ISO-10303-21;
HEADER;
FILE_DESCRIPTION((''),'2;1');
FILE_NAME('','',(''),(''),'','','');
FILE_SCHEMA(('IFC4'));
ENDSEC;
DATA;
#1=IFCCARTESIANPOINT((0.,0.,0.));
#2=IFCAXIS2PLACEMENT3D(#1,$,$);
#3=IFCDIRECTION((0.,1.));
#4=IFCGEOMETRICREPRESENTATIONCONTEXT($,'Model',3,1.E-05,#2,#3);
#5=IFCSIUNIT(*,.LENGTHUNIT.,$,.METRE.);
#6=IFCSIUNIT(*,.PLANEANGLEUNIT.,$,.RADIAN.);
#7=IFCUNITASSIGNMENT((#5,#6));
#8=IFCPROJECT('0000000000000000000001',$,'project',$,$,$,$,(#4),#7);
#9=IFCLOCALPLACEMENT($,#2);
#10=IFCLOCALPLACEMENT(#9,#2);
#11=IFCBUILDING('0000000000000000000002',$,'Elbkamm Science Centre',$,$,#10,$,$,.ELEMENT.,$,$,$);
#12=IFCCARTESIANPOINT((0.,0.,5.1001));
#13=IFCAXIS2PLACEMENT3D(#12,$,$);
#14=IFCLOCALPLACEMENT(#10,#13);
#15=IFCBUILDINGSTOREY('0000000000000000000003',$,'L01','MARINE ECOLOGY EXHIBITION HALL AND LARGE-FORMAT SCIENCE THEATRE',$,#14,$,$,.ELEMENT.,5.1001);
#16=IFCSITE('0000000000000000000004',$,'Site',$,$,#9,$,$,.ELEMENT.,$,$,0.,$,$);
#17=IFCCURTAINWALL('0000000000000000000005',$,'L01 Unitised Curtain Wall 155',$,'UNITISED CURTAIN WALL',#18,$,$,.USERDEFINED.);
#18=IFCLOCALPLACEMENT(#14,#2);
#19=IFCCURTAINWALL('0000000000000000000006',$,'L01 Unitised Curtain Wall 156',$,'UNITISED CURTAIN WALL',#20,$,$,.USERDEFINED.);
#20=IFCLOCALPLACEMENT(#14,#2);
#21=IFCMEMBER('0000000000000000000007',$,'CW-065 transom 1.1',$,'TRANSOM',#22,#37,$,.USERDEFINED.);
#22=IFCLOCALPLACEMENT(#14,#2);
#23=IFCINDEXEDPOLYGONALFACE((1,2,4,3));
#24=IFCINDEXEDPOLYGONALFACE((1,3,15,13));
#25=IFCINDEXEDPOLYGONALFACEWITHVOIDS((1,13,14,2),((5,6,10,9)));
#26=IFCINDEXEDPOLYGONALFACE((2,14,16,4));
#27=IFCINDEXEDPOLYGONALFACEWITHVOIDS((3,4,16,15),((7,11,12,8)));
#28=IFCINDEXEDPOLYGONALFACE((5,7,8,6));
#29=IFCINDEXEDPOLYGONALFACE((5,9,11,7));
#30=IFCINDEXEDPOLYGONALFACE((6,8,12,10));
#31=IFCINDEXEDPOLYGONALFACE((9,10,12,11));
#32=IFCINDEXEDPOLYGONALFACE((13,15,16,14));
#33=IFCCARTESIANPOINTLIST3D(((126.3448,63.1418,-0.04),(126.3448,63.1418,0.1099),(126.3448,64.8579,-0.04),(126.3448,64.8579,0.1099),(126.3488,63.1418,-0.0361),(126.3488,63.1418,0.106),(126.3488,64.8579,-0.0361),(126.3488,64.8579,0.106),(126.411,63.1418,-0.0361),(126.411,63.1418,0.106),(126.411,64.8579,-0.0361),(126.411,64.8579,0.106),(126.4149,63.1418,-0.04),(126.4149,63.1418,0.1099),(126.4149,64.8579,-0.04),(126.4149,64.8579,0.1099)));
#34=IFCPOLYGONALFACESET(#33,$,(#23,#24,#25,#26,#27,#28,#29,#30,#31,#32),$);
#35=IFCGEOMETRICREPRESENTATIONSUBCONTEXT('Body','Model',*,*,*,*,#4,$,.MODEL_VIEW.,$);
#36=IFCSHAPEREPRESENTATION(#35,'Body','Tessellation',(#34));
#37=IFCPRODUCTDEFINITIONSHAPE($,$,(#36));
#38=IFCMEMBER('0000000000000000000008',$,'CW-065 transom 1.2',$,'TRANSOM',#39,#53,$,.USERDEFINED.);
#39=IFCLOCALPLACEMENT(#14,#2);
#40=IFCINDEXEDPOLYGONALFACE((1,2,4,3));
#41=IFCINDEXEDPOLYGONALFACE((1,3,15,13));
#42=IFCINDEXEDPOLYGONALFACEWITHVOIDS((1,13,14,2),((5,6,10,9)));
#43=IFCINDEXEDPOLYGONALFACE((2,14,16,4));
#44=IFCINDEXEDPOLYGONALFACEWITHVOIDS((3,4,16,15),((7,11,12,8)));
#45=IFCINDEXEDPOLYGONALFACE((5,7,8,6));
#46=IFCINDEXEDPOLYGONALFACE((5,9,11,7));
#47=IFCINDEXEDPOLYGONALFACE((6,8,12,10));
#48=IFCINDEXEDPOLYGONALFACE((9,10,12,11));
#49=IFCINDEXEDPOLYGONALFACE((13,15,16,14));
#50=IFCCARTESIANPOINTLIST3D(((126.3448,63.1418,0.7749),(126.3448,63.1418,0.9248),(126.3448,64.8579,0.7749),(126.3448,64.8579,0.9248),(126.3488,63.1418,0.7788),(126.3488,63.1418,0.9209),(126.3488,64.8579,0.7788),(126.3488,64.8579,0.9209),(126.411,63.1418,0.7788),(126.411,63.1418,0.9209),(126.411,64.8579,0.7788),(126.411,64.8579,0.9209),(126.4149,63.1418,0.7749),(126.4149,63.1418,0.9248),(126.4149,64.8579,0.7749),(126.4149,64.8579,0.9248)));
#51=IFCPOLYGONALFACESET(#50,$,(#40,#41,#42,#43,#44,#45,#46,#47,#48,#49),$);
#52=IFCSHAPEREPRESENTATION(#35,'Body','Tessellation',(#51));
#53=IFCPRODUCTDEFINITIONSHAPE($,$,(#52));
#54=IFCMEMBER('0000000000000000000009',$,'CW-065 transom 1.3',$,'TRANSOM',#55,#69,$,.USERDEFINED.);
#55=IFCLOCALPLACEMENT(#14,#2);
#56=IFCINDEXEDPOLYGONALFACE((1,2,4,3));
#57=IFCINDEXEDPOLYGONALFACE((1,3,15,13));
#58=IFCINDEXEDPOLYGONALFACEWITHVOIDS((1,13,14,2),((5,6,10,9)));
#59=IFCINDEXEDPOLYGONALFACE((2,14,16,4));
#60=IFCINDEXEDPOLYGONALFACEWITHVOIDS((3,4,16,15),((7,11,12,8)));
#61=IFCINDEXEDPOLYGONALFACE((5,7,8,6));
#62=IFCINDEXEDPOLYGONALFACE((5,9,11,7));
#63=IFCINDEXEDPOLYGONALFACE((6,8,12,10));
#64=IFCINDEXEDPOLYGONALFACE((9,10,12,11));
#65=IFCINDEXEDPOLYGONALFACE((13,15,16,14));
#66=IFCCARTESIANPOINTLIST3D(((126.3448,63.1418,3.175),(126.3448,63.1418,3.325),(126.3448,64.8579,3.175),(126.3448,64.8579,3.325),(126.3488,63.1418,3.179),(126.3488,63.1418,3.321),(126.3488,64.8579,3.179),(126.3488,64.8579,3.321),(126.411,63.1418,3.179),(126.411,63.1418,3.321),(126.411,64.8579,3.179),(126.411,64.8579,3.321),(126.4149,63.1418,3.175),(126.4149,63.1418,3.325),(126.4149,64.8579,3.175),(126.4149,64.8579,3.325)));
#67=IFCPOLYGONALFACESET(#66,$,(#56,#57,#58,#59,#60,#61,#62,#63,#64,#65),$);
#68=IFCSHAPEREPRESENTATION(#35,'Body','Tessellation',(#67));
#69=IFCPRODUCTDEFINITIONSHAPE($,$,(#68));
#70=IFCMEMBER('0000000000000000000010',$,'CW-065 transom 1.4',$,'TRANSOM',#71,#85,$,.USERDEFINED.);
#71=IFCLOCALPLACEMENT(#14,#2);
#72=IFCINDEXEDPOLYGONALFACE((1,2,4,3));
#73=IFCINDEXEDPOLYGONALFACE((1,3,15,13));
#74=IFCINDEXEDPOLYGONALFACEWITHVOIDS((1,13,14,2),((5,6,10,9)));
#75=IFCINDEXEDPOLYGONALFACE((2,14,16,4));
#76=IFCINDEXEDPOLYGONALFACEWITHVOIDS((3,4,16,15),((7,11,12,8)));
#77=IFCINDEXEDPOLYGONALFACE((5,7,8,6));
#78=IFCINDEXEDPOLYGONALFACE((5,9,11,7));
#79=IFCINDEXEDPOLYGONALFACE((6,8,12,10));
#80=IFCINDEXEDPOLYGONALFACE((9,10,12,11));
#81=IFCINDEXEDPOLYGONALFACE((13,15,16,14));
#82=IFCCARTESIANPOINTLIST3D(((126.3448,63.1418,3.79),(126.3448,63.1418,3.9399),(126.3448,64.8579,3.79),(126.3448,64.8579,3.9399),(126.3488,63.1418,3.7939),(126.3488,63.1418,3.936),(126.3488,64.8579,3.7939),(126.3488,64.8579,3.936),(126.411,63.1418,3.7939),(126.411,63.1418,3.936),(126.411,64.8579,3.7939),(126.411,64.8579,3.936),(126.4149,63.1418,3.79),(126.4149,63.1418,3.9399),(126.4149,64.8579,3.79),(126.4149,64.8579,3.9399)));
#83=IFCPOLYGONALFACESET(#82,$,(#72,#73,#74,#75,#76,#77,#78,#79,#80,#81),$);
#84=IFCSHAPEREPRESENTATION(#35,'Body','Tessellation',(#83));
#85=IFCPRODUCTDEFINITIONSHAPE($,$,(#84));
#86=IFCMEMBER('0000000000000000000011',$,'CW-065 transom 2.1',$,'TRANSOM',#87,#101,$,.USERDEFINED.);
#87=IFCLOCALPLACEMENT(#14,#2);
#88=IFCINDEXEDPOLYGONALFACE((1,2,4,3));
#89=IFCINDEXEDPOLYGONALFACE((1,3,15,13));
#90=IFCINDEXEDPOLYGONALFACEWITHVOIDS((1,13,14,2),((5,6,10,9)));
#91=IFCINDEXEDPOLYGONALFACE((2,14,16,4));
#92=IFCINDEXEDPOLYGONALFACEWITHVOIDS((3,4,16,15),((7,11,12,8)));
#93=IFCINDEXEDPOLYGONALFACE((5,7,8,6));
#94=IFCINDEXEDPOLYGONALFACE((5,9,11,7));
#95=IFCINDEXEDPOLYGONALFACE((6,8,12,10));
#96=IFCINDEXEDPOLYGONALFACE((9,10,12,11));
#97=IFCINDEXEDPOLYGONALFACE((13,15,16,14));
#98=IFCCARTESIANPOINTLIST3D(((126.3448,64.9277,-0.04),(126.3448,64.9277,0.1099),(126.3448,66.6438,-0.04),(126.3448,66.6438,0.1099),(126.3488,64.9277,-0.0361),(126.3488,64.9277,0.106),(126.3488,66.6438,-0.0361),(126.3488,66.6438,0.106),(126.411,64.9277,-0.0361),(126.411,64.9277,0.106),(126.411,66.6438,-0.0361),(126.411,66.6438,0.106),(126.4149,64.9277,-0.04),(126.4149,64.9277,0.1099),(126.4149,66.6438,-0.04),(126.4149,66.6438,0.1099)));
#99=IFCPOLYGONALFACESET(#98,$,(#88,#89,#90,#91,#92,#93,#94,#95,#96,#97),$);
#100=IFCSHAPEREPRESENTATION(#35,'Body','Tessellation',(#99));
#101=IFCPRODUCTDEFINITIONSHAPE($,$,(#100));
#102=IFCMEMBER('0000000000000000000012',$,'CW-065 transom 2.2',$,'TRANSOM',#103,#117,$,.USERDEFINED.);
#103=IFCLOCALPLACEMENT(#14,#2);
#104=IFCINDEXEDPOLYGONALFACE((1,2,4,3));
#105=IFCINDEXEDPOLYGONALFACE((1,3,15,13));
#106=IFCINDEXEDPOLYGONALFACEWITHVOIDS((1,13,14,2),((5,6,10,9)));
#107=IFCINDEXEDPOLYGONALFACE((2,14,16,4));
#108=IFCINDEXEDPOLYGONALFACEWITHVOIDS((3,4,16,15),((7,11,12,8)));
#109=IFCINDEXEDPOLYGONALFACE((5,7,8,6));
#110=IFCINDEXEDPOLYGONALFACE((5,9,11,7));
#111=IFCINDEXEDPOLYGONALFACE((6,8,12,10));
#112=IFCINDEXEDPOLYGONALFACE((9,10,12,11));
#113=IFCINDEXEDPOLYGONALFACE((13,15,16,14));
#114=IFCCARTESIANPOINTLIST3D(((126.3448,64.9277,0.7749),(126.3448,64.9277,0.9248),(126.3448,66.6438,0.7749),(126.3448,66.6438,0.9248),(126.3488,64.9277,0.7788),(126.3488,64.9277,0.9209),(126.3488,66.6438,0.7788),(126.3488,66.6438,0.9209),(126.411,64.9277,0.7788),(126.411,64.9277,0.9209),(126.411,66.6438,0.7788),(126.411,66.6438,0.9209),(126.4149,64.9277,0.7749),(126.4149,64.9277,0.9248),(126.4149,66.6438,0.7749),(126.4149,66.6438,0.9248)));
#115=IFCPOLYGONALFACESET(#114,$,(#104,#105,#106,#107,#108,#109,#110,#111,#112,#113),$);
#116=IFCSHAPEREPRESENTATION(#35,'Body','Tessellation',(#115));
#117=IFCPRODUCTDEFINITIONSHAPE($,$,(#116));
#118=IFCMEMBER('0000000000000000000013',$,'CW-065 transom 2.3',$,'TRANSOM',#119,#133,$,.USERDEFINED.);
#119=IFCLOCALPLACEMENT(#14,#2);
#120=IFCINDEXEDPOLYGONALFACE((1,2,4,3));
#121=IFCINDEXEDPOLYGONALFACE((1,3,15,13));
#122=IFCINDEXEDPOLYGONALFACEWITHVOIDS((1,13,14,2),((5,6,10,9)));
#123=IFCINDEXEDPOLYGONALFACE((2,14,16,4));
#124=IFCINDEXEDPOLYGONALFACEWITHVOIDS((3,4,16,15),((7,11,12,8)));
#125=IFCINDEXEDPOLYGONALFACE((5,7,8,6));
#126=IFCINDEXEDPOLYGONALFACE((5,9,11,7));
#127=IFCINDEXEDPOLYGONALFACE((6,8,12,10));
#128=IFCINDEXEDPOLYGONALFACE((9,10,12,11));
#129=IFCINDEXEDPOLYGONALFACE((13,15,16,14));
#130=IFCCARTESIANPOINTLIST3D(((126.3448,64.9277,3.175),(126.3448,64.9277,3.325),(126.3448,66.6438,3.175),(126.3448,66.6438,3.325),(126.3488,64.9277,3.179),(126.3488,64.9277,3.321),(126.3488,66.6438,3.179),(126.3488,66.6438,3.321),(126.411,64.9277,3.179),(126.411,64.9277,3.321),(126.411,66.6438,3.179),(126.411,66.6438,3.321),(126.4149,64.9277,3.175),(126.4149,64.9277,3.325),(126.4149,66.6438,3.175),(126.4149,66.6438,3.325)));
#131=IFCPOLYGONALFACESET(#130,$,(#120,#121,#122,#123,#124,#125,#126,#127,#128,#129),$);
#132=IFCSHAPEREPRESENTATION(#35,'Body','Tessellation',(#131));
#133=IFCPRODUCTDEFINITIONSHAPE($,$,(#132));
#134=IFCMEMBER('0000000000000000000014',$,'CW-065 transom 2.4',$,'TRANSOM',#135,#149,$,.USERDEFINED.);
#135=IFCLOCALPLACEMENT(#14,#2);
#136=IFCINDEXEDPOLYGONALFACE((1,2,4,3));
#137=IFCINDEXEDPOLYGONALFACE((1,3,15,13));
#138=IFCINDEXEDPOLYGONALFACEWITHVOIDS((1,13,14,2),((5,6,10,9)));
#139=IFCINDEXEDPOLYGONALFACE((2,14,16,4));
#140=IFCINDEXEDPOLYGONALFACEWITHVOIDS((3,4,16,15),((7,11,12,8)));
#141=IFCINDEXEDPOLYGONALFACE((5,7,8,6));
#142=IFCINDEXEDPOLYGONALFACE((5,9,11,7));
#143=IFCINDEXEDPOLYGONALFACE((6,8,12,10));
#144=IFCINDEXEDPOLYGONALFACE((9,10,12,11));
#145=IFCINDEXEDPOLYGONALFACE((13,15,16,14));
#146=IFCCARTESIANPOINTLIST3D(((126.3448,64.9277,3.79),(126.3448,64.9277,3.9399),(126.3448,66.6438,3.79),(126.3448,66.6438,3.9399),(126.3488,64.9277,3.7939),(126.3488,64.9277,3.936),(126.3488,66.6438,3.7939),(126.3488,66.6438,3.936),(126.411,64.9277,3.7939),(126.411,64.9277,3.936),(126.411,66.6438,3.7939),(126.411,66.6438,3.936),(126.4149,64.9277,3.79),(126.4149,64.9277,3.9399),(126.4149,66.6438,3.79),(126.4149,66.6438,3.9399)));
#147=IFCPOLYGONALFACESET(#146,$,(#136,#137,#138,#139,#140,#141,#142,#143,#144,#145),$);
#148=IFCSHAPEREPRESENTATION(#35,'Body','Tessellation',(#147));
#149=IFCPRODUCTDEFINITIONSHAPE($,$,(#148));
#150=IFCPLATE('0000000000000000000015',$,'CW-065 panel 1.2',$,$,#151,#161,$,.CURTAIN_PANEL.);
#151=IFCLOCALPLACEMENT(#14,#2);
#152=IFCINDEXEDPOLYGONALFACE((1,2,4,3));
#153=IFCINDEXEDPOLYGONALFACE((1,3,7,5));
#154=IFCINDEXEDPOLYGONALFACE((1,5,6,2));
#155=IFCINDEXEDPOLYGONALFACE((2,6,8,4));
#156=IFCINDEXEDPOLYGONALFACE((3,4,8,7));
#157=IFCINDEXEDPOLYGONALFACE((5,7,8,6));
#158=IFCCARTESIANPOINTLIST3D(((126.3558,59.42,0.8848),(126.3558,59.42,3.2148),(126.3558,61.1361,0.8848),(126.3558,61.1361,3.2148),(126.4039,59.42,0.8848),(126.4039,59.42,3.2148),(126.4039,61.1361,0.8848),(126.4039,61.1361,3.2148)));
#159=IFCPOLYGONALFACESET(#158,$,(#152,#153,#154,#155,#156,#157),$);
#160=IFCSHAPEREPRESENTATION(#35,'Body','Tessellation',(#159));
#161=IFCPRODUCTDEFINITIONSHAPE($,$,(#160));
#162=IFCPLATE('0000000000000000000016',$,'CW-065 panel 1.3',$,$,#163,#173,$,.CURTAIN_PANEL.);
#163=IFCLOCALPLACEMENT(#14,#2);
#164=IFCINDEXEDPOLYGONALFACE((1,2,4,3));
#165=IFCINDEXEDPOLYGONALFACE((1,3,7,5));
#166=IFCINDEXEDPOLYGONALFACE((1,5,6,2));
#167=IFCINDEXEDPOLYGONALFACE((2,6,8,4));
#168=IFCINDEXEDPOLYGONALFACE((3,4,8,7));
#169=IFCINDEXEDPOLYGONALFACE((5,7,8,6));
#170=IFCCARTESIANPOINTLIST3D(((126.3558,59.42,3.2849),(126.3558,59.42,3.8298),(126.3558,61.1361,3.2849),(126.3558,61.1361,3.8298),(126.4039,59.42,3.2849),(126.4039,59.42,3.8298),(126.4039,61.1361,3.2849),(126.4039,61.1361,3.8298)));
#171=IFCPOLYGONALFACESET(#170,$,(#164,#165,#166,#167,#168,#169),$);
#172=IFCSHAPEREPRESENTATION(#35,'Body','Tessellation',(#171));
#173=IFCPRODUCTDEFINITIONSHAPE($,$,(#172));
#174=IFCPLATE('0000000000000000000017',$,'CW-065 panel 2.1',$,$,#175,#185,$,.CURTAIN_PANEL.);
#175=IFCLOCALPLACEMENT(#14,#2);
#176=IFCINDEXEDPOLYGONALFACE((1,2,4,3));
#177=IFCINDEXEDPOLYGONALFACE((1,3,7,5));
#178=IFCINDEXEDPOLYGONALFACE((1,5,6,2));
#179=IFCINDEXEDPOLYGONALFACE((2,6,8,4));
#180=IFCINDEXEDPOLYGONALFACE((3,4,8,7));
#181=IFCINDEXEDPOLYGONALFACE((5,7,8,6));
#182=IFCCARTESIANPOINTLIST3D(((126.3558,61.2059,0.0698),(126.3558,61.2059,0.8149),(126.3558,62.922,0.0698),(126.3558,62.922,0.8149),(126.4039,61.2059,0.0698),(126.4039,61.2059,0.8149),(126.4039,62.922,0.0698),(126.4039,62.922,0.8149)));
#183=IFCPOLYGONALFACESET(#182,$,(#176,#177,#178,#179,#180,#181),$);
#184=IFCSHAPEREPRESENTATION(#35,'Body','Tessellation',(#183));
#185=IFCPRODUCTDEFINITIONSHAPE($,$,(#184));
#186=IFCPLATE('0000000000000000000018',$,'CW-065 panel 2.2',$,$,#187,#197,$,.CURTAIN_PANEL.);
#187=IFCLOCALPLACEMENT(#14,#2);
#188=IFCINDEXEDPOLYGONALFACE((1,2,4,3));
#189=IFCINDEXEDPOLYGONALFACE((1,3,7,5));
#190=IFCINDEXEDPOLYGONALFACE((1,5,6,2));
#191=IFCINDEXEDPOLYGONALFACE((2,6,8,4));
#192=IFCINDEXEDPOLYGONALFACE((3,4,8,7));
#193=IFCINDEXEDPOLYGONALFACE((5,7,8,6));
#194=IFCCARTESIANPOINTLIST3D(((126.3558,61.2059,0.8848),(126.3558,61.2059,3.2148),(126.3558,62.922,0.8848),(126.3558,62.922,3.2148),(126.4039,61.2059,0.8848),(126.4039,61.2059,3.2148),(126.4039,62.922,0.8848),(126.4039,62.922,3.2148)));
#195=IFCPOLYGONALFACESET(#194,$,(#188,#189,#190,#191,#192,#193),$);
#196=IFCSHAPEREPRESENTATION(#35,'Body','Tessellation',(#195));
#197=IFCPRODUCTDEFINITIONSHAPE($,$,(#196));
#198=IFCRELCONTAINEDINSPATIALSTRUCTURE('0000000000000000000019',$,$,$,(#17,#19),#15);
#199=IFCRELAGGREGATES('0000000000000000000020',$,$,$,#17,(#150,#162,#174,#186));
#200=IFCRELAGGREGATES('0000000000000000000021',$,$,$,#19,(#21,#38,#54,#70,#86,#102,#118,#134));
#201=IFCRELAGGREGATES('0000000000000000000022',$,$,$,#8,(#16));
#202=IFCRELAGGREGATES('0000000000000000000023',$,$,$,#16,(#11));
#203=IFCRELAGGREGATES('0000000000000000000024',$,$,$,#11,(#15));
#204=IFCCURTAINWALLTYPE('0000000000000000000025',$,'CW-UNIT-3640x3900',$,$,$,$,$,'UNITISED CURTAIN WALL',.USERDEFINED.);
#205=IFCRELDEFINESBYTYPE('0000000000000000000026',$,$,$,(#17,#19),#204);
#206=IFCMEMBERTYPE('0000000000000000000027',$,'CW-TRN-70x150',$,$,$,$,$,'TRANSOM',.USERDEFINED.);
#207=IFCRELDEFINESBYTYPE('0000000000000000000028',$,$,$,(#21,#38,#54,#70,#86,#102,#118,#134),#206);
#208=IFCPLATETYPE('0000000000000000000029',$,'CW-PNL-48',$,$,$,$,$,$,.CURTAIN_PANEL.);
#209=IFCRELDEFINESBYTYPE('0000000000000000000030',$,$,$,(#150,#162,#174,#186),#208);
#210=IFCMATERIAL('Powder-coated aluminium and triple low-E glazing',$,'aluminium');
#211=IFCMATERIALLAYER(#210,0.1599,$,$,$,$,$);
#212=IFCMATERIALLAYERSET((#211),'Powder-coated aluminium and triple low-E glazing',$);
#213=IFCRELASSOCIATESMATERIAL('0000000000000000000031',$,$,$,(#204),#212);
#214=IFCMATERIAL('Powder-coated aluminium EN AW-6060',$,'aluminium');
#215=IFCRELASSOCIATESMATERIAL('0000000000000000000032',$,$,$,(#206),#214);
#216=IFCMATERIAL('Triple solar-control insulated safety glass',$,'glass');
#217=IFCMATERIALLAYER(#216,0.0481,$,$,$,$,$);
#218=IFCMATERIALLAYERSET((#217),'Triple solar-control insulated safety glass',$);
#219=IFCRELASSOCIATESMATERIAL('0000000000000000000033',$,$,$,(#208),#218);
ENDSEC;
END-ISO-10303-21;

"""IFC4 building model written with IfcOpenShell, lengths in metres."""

from ifc_helpers import new_model, si_unit, direction, frame, origin, origin_2d, place, context, subcontext, project, spatial, rectangle, hollow_rectangle, extrude, material, layer, layer_set, material_profile, profile_set, type_object, element, aggregate, save


model = new_model("IFC4")

# Units and contexts
model_context = context("Model", 3, precision=1e-05, world=origin(), true_north=direction((0.0, 1.0)))
body_context = subcontext(model_context, "Body", "Model", "MODEL_VIEW")
ifc_project = project(units=[si_unit("LENGTHUNIT", "METRE"), si_unit("PLANEANGLEUNIT", "RADIAN")], contexts=[model_context])

# Site, building, storey
site_placement = place(None, origin())
site = spatial("IfcSite", under=ifc_project, at=site_placement, Name="Site", CompositionType="ELEMENT", RefElevation=0.0)
building_placement = place(site_placement, origin())
building = spatial("IfcBuilding", under=site, at=building_placement, Name="Elbkamm Science Centre", CompositionType="ELEMENT")
storey_placement = place(building_placement, frame((0.0, 0.0, 5.1001)))
storey = spatial("IfcBuildingStorey", under=building, at=storey_placement, Name="L01", Description="MARINE ECOLOGY EXHIBITION HALL AND LARGE-FORMAT SCIENCE THEATRE", CompositionType="ELEMENT", Elevation=5.1001)

# Curtain walls
ifc_material_1 = material(Name="Powder-coated aluminium and triple low-E glazing", Category="aluminium")
ifc_layer_1 = layer(ifc_material_1, 0.1599)
ifc_layer_set_1 = layer_set([ifc_layer_1], Name="Powder-coated aluminium and triple low-E glazing")
curtain_wall_type = type_object("IfcCurtainWallType", Name="CW-UNIT-3640x3900", ElementType="UNITISED CURTAIN WALL", PredefinedType="USERDEFINED", material=ifc_layer_set_1)
curtain_wall_1_placement = place(storey_placement, origin())
curtain_wall_1 = element("IfcCurtainWall", 1, at=curtain_wall_1_placement, inside=storey, type_object=curtain_wall_type, Name="L01 Unitised Curtain Wall 155", ObjectType="UNITISED CURTAIN WALL", PredefinedType="USERDEFINED")
ifc_material_2 = material(Name="Powder-coated aluminium EN AW-6060", Category="aluminium")
curtain_wall_2_placement = place(storey_placement, origin())
curtain_wall_2 = element("IfcCurtainWall", 2, at=curtain_wall_2_placement, inside=storey, type_object=curtain_wall_type, Name="L01 Unitised Curtain Wall 156", ObjectType="UNITISED CURTAIN WALL", PredefinedType="USERDEFINED")

# Members
ifc_material_profile_1 = material_profile(ifc_material_2, hollow_rectangle(XDim=0.0701, YDim=0.1499, WallThickness=0.0039, at=origin_2d()), Name="ALU T70x150")
ifc_profile_set_1 = profile_set([ifc_material_profile_1], Name="Powder-coated aluminium EN AW-6060")
member_type_1 = type_object("IfcMemberType", Name="CW-TRN-70x150", ElementType="TRANSOM", PredefinedType="USERDEFINED", material=ifc_profile_set_1)
member_1_placement = place(storey_placement, frame((126.3799, 63.1418, 0.0349), z_axis=(0.0, 1.0, 0.0), x_axis=(-1.0, 0.0, 0.0)))
member_1 = element("IfcMember", 3, at=member_1_placement, type_object=member_type_1, Name="CW-065 transom 1.1", ObjectType="TRANSOM", PredefinedType="USERDEFINED", context=body_context, shape_type="SweptSolid", body=[
    extrude(hollow_rectangle(XDim=0.0701, YDim=0.1499, WallThickness=0.0039, at=origin_2d()), origin(), (0.0, 0.0, 1.0), 1.7161),
])
member_2_placement = place(storey_placement, frame((126.3799, 63.1418, 0.8499), z_axis=(0.0, 1.0, 0.0), x_axis=(-1.0, 0.0, 0.0)))
member_2 = element("IfcMember", 4, at=member_2_placement, type_object=member_type_1, Name="CW-065 transom 1.2", ObjectType="TRANSOM", PredefinedType="USERDEFINED", context=body_context, shape_type="SweptSolid", body=[
    extrude(hollow_rectangle(XDim=0.0701, YDim=0.1499, WallThickness=0.0039, at=origin_2d()), origin(), (0.0, 0.0, 1.0), 1.7161),
])
member_3_placement = place(storey_placement, frame((126.3799, 63.1418, 3.25), z_axis=(0.0, 1.0, 0.0), x_axis=(-1.0, 0.0, 0.0)))
member_3 = element("IfcMember", 5, at=member_3_placement, type_object=member_type_1, Name="CW-065 transom 1.3", ObjectType="TRANSOM", PredefinedType="USERDEFINED", context=body_context, shape_type="SweptSolid", body=[
    extrude(hollow_rectangle(XDim=0.0701, YDim=0.1499, WallThickness=0.0039, at=origin_2d()), origin(), (0.0, 0.0, 1.0), 1.7161),
])
member_4_placement = place(storey_placement, frame((126.3799, 63.1418, 3.865), z_axis=(0.0, 1.0, 0.0), x_axis=(-1.0, 0.0, 0.0)))
member_4 = element("IfcMember", 6, at=member_4_placement, type_object=member_type_1, Name="CW-065 transom 1.4", ObjectType="TRANSOM", PredefinedType="USERDEFINED", context=body_context, shape_type="SweptSolid", body=[
    extrude(hollow_rectangle(XDim=0.0701, YDim=0.1499, WallThickness=0.0039, at=origin_2d()), origin(), (0.0, 0.0, 1.0), 1.7161),
])
member_5_placement = place(storey_placement, frame((126.3799, 64.9277, 0.0349), z_axis=(0.0, 1.0, 0.0), x_axis=(-1.0, 0.0, 0.0)))
member_5 = element("IfcMember", 7, at=member_5_placement, type_object=member_type_1, Name="CW-065 transom 2.1", ObjectType="TRANSOM", PredefinedType="USERDEFINED", context=body_context, shape_type="SweptSolid", body=[
    extrude(hollow_rectangle(XDim=0.0701, YDim=0.1499, WallThickness=0.0039, at=origin_2d()), origin(), (0.0, 0.0, 1.0), 1.7161),
])
member_6_placement = place(storey_placement, frame((126.3799, 64.9277, 0.8499), z_axis=(0.0, 1.0, 0.0), x_axis=(-1.0, 0.0, 0.0)))
member_6 = element("IfcMember", 8, at=member_6_placement, type_object=member_type_1, Name="CW-065 transom 2.2", ObjectType="TRANSOM", PredefinedType="USERDEFINED", context=body_context, shape_type="SweptSolid", body=[
    extrude(hollow_rectangle(XDim=0.0701, YDim=0.1499, WallThickness=0.0039, at=origin_2d()), origin(), (0.0, 0.0, 1.0), 1.7161),
])
member_7_placement = place(storey_placement, frame((126.3799, 64.9277, 3.25), z_axis=(0.0, 1.0, 0.0), x_axis=(-1.0, 0.0, 0.0)))
member_7 = element("IfcMember", 9, at=member_7_placement, type_object=member_type_1, Name="CW-065 transom 2.3", ObjectType="TRANSOM", PredefinedType="USERDEFINED", context=body_context, shape_type="SweptSolid", body=[
    extrude(hollow_rectangle(XDim=0.0701, YDim=0.1499, WallThickness=0.0039, at=origin_2d()), origin(), (0.0, 0.0, 1.0), 1.7161),
])
member_8_placement = place(storey_placement, frame((126.3799, 64.9277, 3.865), z_axis=(0.0, 1.0, 0.0), x_axis=(-1.0, 0.0, 0.0)))
member_8 = element("IfcMember", 10, at=member_8_placement, type_object=member_type_1, Name="CW-065 transom 2.4", ObjectType="TRANSOM", PredefinedType="USERDEFINED", context=body_context, shape_type="SweptSolid", body=[
    extrude(hollow_rectangle(XDim=0.0701, YDim=0.1499, WallThickness=0.0039, at=origin_2d()), origin(), (0.0, 0.0, 1.0), 1.7161),
])

# Plates
ifc_material_3 = material(Name="Triple solar-control insulated safety glass", Category="glass")
ifc_layer_2 = layer(ifc_material_3, 0.0481)
ifc_layer_set_2 = layer_set([ifc_layer_2], Name="Triple solar-control insulated safety glass")
plate_type = type_object("IfcPlateType", Name="CW-PNL-48", PredefinedType="CURTAIN_PANEL", material=ifc_layer_set_2)
plate_1_placement = place(storey_placement, frame((126.3799, 60.2781, 0.8848), z_axis=(0.0, 0.0, 1.0), x_axis=(0.0, 1.0, 0.0)))
plate_1 = element("IfcPlate", 11, at=plate_1_placement, type_object=plate_type, Name="CW-065 panel 1.2", PredefinedType="CURTAIN_PANEL", context=body_context, shape_type="SweptSolid", body=[
    extrude(rectangle(XDim=1.7161, YDim=0.0481, at=origin_2d()), origin(), (0.0, 0.0, 1.0), 2.3301),
])
plate_2_placement = place(storey_placement, frame((126.3799, 60.2781, 3.2849), z_axis=(0.0, 0.0, 1.0), x_axis=(0.0, 1.0, 0.0)))
plate_2 = element("IfcPlate", 12, at=plate_2_placement, type_object=plate_type, Name="CW-065 panel 1.3", PredefinedType="CURTAIN_PANEL", context=body_context, shape_type="SweptSolid", body=[
    extrude(rectangle(XDim=1.7161, YDim=0.0481, at=origin_2d()), origin(), (0.0, 0.0, 1.0), 0.5449),
])
plate_3_placement = place(storey_placement, frame((126.3799, 62.064, 0.0698), z_axis=(0.0, 0.0, 1.0), x_axis=(0.0, 1.0, 0.0)))
plate_3 = element("IfcPlate", 13, at=plate_3_placement, type_object=plate_type, Name="CW-065 panel 2.1", PredefinedType="CURTAIN_PANEL", context=body_context, shape_type="SweptSolid", body=[
    extrude(rectangle(XDim=1.7161, YDim=0.0481, at=origin_2d()), origin(), (0.0, 0.0, 1.0), 0.7451),
])
plate_4_placement = place(storey_placement, frame((126.3799, 62.064, 0.8848), z_axis=(0.0, 0.0, 1.0), x_axis=(0.0, 1.0, 0.0)))
plate_4 = element("IfcPlate", 14, at=plate_4_placement, type_object=plate_type, Name="CW-065 panel 2.2", PredefinedType="CURTAIN_PANEL", context=body_context, shape_type="SweptSolid", body=[
    extrude(rectangle(XDim=1.7161, YDim=0.0481, at=origin_2d()), origin(), (0.0, 0.0, 1.0), 2.3301),
])
aggregate(curtain_wall_1, [plate_1, plate_2, plate_3, plate_4])
aggregate(curtain_wall_2, [member_1, member_2, member_3, member_4, member_5, member_6, member_7, member_8])

save(model, "model.ifc")
